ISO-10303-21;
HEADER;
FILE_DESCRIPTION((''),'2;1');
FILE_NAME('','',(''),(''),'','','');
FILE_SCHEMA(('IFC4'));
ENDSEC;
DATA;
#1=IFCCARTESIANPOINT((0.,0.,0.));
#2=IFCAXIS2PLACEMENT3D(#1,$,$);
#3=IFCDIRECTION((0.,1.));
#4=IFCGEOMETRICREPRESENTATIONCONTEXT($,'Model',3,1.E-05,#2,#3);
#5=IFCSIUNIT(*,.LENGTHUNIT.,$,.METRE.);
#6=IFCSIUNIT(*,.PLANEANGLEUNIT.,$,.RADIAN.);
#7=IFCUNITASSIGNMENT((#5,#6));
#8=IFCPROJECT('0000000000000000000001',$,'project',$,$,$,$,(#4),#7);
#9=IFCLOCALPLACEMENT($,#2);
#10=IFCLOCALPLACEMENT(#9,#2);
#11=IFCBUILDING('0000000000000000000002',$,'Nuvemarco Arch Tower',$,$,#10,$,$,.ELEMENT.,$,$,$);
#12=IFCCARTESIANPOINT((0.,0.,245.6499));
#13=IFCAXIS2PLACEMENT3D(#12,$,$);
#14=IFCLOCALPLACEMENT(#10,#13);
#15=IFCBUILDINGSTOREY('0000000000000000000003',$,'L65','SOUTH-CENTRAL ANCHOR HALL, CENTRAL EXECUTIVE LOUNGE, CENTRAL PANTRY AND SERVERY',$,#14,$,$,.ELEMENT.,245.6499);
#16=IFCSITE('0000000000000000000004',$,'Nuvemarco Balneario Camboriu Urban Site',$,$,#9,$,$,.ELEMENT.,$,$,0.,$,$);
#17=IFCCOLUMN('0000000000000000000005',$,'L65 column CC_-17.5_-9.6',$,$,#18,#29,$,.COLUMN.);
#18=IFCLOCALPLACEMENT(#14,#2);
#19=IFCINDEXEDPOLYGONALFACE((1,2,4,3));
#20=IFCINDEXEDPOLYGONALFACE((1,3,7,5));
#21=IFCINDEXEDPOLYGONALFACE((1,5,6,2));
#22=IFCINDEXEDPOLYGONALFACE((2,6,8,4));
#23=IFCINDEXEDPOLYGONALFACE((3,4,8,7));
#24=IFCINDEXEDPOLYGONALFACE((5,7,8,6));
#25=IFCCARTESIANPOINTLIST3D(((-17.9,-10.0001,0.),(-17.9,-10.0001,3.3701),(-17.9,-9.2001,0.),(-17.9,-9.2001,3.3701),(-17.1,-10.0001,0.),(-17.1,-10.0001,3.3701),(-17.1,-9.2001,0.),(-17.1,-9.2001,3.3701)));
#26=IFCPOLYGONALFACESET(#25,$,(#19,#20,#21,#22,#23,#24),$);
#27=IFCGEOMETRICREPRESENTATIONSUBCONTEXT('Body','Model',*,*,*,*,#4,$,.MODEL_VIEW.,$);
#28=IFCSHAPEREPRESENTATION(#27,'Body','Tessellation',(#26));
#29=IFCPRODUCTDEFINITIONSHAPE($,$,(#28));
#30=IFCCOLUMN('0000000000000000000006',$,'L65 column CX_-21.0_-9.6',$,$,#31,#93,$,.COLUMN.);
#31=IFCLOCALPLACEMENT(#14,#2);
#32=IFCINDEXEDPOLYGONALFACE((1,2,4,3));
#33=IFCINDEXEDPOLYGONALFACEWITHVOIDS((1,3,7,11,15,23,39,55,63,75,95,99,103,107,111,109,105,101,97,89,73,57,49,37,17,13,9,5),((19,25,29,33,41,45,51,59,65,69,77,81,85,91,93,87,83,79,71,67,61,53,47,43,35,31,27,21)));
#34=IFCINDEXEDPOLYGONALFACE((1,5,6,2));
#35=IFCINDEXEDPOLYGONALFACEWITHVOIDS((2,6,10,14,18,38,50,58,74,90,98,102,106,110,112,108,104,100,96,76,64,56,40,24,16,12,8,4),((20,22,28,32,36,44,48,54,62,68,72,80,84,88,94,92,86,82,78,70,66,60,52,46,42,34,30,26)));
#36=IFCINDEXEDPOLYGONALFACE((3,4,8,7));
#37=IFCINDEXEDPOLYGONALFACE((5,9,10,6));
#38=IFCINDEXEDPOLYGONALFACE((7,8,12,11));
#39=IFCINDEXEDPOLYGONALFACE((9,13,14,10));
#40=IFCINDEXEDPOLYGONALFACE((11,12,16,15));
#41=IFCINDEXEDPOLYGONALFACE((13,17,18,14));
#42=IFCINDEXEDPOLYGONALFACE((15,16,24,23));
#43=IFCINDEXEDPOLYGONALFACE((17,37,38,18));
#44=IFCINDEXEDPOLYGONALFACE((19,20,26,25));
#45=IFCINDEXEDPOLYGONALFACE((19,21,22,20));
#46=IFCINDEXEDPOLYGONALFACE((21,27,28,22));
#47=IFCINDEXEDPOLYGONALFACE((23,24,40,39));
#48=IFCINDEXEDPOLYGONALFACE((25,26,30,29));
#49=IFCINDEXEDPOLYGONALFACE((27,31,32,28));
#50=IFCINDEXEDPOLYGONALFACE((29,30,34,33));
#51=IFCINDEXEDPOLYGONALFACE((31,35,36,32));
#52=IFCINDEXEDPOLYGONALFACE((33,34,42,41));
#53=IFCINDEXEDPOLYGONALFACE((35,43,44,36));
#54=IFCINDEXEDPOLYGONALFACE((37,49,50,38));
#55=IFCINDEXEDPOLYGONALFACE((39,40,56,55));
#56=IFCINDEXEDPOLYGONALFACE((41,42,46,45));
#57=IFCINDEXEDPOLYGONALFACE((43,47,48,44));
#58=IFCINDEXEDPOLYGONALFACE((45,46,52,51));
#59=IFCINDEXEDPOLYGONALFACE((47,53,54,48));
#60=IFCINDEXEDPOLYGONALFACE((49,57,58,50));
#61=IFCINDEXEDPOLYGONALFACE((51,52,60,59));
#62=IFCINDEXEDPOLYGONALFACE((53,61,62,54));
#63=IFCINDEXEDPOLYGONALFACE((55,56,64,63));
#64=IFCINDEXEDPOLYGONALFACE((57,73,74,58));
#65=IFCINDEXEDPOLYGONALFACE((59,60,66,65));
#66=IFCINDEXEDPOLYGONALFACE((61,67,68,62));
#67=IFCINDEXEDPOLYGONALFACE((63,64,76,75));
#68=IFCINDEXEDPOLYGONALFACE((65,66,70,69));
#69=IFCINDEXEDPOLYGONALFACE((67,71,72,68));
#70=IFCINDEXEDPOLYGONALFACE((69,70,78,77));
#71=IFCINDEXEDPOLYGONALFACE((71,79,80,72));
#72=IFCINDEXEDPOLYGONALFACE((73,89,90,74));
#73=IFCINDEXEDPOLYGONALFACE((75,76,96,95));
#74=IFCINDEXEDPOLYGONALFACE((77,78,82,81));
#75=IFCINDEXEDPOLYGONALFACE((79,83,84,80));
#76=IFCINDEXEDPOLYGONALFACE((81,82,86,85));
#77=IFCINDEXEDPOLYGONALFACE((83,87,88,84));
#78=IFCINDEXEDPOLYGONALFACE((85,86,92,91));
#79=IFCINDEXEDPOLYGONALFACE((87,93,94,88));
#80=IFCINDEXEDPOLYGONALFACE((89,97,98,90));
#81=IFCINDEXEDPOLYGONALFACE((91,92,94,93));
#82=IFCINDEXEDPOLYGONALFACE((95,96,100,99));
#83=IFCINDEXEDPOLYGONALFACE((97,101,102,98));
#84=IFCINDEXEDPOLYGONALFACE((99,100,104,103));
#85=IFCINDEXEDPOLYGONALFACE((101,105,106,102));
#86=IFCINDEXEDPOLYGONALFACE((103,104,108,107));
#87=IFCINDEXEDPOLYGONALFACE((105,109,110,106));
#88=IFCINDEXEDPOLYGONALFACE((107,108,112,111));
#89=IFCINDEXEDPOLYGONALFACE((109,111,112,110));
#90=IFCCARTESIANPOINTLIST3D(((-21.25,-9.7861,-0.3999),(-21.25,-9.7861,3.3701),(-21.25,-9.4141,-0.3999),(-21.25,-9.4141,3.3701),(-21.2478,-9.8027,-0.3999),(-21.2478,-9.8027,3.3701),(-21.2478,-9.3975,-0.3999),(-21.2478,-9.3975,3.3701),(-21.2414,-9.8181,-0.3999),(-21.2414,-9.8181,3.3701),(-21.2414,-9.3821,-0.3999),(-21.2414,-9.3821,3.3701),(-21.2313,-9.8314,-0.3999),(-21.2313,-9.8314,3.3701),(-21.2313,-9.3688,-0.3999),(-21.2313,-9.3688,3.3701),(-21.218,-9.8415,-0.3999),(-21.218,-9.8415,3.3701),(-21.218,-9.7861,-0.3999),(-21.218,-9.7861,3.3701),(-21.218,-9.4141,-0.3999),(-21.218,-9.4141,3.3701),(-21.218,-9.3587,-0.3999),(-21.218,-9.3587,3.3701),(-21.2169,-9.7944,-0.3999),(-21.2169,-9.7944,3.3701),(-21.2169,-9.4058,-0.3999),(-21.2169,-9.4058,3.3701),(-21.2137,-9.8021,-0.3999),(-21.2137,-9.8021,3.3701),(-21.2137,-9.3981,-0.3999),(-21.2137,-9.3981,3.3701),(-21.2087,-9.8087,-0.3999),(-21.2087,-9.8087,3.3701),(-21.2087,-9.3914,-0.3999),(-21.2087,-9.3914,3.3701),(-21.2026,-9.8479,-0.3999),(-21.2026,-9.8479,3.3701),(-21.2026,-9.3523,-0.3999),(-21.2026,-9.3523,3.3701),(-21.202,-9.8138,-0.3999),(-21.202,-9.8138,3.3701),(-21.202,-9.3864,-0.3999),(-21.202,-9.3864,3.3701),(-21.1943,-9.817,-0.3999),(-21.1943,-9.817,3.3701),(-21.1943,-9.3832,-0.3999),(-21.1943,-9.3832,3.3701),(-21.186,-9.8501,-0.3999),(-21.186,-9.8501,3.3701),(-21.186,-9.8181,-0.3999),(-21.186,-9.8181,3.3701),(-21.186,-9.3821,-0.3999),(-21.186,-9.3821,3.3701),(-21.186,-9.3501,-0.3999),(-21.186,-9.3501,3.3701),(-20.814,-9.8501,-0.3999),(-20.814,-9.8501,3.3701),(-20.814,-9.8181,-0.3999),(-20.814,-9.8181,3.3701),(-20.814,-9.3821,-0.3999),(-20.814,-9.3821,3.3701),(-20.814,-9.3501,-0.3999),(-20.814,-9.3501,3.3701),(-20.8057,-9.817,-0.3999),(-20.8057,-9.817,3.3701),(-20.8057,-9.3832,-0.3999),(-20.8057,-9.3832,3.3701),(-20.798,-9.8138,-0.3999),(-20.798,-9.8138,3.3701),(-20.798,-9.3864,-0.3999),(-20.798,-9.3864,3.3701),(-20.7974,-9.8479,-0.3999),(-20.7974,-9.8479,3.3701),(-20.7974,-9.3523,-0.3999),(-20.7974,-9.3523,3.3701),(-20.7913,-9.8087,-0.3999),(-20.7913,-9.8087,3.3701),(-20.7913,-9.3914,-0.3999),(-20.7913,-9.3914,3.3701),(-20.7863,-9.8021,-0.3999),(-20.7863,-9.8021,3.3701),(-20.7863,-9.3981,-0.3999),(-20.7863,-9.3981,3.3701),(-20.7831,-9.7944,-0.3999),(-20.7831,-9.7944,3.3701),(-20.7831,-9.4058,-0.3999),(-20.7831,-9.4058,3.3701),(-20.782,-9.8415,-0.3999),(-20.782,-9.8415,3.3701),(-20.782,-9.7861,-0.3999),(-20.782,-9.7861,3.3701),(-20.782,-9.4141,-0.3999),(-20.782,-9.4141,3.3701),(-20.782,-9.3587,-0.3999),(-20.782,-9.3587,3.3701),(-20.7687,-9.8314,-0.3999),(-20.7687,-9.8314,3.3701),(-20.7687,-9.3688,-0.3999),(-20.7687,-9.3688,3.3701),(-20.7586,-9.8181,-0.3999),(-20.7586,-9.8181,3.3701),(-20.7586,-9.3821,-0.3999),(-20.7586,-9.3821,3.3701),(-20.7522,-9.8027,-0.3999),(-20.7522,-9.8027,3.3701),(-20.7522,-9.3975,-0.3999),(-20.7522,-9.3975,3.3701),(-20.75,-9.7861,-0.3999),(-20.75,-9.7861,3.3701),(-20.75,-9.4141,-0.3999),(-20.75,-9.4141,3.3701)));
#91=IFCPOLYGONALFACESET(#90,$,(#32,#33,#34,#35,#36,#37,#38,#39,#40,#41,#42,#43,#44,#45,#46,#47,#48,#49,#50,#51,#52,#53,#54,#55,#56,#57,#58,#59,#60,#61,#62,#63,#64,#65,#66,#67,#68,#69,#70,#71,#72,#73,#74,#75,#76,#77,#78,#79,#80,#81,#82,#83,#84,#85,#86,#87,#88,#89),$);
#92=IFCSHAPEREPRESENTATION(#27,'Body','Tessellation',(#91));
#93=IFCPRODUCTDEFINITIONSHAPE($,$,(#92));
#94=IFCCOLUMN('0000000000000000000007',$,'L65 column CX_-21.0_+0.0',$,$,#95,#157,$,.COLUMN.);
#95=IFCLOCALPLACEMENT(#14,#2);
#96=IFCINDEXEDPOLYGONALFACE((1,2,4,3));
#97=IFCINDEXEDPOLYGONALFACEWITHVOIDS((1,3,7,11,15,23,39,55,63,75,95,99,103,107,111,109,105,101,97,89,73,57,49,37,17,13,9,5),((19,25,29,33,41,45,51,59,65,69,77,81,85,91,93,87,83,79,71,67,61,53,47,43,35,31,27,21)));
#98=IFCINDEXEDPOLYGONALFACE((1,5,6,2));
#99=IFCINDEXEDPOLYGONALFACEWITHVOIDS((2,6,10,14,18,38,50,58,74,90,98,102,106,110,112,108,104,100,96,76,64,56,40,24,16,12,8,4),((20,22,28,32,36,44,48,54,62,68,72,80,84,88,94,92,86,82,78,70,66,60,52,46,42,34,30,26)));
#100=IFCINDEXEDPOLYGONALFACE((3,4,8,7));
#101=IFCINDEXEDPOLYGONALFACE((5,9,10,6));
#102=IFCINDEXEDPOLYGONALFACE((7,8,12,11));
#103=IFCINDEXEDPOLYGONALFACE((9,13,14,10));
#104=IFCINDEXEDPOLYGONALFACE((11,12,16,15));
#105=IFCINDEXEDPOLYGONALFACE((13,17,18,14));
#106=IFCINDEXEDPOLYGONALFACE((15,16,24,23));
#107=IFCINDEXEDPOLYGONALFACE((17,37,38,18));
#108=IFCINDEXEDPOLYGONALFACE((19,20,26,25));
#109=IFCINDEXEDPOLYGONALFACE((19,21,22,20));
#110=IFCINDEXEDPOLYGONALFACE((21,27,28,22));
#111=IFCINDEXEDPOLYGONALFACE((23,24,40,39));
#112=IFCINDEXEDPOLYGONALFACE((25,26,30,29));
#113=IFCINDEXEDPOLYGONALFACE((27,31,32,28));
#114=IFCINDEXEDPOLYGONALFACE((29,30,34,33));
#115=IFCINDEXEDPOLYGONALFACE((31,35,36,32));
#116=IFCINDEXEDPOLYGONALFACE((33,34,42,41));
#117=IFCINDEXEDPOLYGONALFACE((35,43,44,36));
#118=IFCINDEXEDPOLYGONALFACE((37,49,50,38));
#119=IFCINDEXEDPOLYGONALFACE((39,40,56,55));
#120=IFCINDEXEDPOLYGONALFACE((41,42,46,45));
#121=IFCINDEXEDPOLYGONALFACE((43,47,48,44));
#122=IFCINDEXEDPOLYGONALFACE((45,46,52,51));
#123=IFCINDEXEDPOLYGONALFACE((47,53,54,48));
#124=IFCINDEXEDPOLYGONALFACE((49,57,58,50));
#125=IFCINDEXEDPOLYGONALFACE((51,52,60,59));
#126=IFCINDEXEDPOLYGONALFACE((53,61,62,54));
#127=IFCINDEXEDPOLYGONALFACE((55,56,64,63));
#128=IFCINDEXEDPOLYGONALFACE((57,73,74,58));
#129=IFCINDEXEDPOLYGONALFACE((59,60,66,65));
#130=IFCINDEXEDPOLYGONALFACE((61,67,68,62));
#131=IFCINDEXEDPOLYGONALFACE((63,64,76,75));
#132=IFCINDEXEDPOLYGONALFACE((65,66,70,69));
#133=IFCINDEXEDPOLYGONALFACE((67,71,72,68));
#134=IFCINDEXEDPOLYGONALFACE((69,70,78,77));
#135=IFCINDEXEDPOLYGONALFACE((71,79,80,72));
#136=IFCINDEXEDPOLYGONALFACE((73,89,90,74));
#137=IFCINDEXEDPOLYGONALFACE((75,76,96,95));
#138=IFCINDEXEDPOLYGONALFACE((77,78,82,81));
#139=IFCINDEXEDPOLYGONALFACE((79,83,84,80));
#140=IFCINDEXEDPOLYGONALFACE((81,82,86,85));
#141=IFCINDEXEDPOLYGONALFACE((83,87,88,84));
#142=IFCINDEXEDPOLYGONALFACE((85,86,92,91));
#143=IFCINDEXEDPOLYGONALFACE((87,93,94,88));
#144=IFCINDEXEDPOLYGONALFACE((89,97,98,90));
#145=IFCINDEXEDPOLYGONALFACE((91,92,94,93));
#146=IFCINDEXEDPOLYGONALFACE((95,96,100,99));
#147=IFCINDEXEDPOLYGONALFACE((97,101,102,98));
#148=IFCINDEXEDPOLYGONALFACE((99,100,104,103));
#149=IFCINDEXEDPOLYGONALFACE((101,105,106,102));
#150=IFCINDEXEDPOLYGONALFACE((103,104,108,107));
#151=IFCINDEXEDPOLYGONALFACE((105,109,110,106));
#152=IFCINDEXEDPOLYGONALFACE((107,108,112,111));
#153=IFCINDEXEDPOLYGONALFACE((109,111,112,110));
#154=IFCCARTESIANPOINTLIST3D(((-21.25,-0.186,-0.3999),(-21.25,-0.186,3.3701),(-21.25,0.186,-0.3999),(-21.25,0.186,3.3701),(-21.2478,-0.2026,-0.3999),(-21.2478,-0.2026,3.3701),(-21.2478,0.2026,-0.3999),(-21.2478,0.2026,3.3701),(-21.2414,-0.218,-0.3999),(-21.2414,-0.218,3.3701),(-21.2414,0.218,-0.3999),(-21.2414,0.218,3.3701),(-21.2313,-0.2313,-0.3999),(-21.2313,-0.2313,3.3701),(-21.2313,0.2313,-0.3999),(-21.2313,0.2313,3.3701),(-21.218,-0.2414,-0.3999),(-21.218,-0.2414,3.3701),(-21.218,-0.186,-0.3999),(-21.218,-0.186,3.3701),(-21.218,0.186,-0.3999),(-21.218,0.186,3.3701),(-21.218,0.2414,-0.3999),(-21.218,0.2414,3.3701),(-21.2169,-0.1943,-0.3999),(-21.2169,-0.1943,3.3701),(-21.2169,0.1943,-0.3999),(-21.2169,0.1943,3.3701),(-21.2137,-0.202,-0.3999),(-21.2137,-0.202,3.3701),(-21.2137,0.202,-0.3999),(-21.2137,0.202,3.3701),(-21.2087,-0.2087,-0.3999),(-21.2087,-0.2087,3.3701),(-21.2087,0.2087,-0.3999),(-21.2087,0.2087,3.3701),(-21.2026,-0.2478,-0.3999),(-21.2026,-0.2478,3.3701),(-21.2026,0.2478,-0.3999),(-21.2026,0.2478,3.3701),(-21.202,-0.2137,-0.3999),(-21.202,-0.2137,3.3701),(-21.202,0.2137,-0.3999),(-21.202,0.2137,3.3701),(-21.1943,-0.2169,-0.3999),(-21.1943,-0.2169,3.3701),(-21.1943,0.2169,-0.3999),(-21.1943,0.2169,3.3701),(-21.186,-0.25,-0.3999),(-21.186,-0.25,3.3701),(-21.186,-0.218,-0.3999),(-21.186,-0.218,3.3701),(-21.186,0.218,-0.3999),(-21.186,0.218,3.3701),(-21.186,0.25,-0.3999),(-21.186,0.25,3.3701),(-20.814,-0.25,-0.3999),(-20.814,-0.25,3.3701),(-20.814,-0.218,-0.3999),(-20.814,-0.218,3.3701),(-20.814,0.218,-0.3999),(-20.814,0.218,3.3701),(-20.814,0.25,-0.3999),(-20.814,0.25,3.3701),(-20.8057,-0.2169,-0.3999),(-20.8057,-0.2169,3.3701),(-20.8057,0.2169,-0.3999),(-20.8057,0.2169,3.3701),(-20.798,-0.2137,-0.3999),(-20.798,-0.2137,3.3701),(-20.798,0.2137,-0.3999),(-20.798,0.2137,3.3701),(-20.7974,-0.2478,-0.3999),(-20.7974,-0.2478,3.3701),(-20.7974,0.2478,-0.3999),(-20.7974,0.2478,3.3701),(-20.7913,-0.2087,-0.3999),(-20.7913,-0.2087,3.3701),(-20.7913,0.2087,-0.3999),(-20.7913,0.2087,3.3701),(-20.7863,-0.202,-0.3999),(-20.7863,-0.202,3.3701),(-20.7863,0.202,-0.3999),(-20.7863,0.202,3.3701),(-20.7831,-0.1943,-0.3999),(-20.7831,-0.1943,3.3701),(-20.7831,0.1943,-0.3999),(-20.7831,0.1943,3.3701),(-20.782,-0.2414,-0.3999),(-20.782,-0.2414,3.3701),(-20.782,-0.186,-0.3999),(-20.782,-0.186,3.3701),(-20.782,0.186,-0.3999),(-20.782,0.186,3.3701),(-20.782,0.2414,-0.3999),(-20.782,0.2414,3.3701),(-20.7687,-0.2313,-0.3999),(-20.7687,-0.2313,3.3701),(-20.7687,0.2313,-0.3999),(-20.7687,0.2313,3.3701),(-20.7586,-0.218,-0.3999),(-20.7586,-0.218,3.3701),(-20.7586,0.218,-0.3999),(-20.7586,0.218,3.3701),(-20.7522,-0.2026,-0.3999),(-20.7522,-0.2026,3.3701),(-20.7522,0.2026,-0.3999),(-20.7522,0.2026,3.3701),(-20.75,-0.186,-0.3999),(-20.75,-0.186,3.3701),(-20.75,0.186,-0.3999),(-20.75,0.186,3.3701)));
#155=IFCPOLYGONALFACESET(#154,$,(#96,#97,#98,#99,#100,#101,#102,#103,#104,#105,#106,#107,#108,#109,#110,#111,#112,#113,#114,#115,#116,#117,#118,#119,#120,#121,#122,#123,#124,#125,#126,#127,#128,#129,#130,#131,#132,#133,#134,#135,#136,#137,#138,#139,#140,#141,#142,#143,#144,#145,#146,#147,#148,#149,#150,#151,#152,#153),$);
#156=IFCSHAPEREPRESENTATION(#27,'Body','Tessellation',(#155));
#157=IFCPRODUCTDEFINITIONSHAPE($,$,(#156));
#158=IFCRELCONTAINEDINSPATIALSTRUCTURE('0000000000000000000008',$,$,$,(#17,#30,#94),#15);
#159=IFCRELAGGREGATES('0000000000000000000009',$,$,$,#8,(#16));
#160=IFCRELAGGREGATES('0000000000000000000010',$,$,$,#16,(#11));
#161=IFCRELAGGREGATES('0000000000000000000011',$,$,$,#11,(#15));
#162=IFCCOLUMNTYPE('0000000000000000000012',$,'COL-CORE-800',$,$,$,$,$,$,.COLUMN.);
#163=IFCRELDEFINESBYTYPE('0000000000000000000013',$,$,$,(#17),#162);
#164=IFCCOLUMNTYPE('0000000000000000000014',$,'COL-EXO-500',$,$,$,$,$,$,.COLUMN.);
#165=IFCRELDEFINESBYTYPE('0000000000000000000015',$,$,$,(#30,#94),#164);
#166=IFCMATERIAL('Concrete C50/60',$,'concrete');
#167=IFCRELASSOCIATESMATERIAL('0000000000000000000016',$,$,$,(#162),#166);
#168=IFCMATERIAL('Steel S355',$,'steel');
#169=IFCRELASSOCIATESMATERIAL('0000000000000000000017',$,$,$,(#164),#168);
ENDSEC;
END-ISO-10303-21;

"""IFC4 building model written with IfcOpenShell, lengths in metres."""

from ifc_helpers import new_model, si_unit, direction, frame, origin, origin_2d, place, context, subcontext, project, spatial, rectangle, hollow_rectangle, extrude, material, material_profile, profile_set, type_object, element, save


model = new_model("IFC4")

# Units and contexts
model_context = context("Model", 3, precision=1e-05, world=origin(), true_north=direction((0.0, 1.0)))
body_context = subcontext(model_context, "Body", "Model", "MODEL_VIEW")
ifc_project = project(units=[si_unit("LENGTHUNIT", "METRE"), si_unit("PLANEANGLEUNIT", "RADIAN")], contexts=[model_context])

# Site, building, storey
site_placement = place(None, origin())
site = spatial("IfcSite", under=ifc_project, at=site_placement, Name="Nuvemarco Balneario Camboriu Urban Site", CompositionType="ELEMENT", RefElevation=0.0)
building_placement = place(site_placement, origin())
building = spatial("IfcBuilding", under=site, at=building_placement, Name="Nuvemarco Arch Tower", CompositionType="ELEMENT")
storey_placement = place(building_placement, frame((0.0, 0.0, 245.6499)))
storey = spatial("IfcBuildingStorey", under=building, at=storey_placement, Name="L65", Description="SOUTH-CENTRAL ANCHOR HALL, CENTRAL EXECUTIVE LOUNGE, CENTRAL PANTRY AND SERVERY", CompositionType="ELEMENT", Elevation=245.6499)

# Columns
ifc_material_1 = material(Name="Concrete C50/60", Category="concrete")
ifc_material_profile_1 = material_profile(ifc_material_1, rectangle(XDim=0.8, YDim=0.8, at=origin_2d()), Name="RC-COL-800x800")
ifc_profile_set_1 = profile_set([ifc_material_profile_1], Name="Concrete C50/60")
column_type_1 = type_object("IfcColumnType", Name="COL-CORE-800", PredefinedType="COLUMN", material=ifc_profile_set_1)
column_placement = place(storey_placement, frame((-17.5, -9.6001, 0.0), z_axis=(0.0, 0.0, 1.0), x_axis=(1.0, 0.0, 0.0)))
element("IfcColumn", 1, at=column_placement, inside=storey, type_object=column_type_1, Name="L65 column CC_-17.5_-9.6", PredefinedType="COLUMN", context=body_context, shape_type="SweptSolid", body=[
    extrude(rectangle(XDim=0.8, YDim=0.8, at=origin_2d()), origin(), (0.0, 0.0, 1.0), 3.3701),
])
ifc_material_2 = material(Name="Steel S355", Category="steel")
ifc_material_profile_2 = material_profile(ifc_material_2, hollow_rectangle(XDim=0.5, YDim=0.5, WallThickness=0.032, InnerFilletRadius=0.032, OuterFilletRadius=0.064, at=origin_2d()), Name="SHS500x500x32")
ifc_profile_set_2 = profile_set([ifc_material_profile_2], Name="Steel S355")
column_type_2 = type_object("IfcColumnType", Name="COL-EXO-500", PredefinedType="COLUMN", material=ifc_profile_set_2)
for number, where, z_axis, x_axis, name in (
    (2, (-21.0, -9.6001, -0.3999), (0.0, 0.0, 1.0), (1.0, 0.0, 0.0), "L65 column CX_-21.0_-9.6"),
    (3, (-21.0, 0.0, -0.3999), (0.0, 0.0, 1.0), (1.0, 0.0, 0.0), "L65 column CX_-21.0_+0.0"),
):
    element("IfcColumn", number, at=place(storey_placement, frame(where, z_axis=z_axis, x_axis=x_axis)), inside=storey, type_object=column_type_2, Name=name, PredefinedType="COLUMN", context=body_context, shape_type="SweptSolid", body=[
        extrude(hollow_rectangle(XDim=0.5, YDim=0.5, WallThickness=0.032, InnerFilletRadius=0.032, OuterFilletRadius=0.064, at=origin_2d()), origin(), (0.0, 0.0, 1.0), 3.77),
    ])

save(model, "model.ifc")
